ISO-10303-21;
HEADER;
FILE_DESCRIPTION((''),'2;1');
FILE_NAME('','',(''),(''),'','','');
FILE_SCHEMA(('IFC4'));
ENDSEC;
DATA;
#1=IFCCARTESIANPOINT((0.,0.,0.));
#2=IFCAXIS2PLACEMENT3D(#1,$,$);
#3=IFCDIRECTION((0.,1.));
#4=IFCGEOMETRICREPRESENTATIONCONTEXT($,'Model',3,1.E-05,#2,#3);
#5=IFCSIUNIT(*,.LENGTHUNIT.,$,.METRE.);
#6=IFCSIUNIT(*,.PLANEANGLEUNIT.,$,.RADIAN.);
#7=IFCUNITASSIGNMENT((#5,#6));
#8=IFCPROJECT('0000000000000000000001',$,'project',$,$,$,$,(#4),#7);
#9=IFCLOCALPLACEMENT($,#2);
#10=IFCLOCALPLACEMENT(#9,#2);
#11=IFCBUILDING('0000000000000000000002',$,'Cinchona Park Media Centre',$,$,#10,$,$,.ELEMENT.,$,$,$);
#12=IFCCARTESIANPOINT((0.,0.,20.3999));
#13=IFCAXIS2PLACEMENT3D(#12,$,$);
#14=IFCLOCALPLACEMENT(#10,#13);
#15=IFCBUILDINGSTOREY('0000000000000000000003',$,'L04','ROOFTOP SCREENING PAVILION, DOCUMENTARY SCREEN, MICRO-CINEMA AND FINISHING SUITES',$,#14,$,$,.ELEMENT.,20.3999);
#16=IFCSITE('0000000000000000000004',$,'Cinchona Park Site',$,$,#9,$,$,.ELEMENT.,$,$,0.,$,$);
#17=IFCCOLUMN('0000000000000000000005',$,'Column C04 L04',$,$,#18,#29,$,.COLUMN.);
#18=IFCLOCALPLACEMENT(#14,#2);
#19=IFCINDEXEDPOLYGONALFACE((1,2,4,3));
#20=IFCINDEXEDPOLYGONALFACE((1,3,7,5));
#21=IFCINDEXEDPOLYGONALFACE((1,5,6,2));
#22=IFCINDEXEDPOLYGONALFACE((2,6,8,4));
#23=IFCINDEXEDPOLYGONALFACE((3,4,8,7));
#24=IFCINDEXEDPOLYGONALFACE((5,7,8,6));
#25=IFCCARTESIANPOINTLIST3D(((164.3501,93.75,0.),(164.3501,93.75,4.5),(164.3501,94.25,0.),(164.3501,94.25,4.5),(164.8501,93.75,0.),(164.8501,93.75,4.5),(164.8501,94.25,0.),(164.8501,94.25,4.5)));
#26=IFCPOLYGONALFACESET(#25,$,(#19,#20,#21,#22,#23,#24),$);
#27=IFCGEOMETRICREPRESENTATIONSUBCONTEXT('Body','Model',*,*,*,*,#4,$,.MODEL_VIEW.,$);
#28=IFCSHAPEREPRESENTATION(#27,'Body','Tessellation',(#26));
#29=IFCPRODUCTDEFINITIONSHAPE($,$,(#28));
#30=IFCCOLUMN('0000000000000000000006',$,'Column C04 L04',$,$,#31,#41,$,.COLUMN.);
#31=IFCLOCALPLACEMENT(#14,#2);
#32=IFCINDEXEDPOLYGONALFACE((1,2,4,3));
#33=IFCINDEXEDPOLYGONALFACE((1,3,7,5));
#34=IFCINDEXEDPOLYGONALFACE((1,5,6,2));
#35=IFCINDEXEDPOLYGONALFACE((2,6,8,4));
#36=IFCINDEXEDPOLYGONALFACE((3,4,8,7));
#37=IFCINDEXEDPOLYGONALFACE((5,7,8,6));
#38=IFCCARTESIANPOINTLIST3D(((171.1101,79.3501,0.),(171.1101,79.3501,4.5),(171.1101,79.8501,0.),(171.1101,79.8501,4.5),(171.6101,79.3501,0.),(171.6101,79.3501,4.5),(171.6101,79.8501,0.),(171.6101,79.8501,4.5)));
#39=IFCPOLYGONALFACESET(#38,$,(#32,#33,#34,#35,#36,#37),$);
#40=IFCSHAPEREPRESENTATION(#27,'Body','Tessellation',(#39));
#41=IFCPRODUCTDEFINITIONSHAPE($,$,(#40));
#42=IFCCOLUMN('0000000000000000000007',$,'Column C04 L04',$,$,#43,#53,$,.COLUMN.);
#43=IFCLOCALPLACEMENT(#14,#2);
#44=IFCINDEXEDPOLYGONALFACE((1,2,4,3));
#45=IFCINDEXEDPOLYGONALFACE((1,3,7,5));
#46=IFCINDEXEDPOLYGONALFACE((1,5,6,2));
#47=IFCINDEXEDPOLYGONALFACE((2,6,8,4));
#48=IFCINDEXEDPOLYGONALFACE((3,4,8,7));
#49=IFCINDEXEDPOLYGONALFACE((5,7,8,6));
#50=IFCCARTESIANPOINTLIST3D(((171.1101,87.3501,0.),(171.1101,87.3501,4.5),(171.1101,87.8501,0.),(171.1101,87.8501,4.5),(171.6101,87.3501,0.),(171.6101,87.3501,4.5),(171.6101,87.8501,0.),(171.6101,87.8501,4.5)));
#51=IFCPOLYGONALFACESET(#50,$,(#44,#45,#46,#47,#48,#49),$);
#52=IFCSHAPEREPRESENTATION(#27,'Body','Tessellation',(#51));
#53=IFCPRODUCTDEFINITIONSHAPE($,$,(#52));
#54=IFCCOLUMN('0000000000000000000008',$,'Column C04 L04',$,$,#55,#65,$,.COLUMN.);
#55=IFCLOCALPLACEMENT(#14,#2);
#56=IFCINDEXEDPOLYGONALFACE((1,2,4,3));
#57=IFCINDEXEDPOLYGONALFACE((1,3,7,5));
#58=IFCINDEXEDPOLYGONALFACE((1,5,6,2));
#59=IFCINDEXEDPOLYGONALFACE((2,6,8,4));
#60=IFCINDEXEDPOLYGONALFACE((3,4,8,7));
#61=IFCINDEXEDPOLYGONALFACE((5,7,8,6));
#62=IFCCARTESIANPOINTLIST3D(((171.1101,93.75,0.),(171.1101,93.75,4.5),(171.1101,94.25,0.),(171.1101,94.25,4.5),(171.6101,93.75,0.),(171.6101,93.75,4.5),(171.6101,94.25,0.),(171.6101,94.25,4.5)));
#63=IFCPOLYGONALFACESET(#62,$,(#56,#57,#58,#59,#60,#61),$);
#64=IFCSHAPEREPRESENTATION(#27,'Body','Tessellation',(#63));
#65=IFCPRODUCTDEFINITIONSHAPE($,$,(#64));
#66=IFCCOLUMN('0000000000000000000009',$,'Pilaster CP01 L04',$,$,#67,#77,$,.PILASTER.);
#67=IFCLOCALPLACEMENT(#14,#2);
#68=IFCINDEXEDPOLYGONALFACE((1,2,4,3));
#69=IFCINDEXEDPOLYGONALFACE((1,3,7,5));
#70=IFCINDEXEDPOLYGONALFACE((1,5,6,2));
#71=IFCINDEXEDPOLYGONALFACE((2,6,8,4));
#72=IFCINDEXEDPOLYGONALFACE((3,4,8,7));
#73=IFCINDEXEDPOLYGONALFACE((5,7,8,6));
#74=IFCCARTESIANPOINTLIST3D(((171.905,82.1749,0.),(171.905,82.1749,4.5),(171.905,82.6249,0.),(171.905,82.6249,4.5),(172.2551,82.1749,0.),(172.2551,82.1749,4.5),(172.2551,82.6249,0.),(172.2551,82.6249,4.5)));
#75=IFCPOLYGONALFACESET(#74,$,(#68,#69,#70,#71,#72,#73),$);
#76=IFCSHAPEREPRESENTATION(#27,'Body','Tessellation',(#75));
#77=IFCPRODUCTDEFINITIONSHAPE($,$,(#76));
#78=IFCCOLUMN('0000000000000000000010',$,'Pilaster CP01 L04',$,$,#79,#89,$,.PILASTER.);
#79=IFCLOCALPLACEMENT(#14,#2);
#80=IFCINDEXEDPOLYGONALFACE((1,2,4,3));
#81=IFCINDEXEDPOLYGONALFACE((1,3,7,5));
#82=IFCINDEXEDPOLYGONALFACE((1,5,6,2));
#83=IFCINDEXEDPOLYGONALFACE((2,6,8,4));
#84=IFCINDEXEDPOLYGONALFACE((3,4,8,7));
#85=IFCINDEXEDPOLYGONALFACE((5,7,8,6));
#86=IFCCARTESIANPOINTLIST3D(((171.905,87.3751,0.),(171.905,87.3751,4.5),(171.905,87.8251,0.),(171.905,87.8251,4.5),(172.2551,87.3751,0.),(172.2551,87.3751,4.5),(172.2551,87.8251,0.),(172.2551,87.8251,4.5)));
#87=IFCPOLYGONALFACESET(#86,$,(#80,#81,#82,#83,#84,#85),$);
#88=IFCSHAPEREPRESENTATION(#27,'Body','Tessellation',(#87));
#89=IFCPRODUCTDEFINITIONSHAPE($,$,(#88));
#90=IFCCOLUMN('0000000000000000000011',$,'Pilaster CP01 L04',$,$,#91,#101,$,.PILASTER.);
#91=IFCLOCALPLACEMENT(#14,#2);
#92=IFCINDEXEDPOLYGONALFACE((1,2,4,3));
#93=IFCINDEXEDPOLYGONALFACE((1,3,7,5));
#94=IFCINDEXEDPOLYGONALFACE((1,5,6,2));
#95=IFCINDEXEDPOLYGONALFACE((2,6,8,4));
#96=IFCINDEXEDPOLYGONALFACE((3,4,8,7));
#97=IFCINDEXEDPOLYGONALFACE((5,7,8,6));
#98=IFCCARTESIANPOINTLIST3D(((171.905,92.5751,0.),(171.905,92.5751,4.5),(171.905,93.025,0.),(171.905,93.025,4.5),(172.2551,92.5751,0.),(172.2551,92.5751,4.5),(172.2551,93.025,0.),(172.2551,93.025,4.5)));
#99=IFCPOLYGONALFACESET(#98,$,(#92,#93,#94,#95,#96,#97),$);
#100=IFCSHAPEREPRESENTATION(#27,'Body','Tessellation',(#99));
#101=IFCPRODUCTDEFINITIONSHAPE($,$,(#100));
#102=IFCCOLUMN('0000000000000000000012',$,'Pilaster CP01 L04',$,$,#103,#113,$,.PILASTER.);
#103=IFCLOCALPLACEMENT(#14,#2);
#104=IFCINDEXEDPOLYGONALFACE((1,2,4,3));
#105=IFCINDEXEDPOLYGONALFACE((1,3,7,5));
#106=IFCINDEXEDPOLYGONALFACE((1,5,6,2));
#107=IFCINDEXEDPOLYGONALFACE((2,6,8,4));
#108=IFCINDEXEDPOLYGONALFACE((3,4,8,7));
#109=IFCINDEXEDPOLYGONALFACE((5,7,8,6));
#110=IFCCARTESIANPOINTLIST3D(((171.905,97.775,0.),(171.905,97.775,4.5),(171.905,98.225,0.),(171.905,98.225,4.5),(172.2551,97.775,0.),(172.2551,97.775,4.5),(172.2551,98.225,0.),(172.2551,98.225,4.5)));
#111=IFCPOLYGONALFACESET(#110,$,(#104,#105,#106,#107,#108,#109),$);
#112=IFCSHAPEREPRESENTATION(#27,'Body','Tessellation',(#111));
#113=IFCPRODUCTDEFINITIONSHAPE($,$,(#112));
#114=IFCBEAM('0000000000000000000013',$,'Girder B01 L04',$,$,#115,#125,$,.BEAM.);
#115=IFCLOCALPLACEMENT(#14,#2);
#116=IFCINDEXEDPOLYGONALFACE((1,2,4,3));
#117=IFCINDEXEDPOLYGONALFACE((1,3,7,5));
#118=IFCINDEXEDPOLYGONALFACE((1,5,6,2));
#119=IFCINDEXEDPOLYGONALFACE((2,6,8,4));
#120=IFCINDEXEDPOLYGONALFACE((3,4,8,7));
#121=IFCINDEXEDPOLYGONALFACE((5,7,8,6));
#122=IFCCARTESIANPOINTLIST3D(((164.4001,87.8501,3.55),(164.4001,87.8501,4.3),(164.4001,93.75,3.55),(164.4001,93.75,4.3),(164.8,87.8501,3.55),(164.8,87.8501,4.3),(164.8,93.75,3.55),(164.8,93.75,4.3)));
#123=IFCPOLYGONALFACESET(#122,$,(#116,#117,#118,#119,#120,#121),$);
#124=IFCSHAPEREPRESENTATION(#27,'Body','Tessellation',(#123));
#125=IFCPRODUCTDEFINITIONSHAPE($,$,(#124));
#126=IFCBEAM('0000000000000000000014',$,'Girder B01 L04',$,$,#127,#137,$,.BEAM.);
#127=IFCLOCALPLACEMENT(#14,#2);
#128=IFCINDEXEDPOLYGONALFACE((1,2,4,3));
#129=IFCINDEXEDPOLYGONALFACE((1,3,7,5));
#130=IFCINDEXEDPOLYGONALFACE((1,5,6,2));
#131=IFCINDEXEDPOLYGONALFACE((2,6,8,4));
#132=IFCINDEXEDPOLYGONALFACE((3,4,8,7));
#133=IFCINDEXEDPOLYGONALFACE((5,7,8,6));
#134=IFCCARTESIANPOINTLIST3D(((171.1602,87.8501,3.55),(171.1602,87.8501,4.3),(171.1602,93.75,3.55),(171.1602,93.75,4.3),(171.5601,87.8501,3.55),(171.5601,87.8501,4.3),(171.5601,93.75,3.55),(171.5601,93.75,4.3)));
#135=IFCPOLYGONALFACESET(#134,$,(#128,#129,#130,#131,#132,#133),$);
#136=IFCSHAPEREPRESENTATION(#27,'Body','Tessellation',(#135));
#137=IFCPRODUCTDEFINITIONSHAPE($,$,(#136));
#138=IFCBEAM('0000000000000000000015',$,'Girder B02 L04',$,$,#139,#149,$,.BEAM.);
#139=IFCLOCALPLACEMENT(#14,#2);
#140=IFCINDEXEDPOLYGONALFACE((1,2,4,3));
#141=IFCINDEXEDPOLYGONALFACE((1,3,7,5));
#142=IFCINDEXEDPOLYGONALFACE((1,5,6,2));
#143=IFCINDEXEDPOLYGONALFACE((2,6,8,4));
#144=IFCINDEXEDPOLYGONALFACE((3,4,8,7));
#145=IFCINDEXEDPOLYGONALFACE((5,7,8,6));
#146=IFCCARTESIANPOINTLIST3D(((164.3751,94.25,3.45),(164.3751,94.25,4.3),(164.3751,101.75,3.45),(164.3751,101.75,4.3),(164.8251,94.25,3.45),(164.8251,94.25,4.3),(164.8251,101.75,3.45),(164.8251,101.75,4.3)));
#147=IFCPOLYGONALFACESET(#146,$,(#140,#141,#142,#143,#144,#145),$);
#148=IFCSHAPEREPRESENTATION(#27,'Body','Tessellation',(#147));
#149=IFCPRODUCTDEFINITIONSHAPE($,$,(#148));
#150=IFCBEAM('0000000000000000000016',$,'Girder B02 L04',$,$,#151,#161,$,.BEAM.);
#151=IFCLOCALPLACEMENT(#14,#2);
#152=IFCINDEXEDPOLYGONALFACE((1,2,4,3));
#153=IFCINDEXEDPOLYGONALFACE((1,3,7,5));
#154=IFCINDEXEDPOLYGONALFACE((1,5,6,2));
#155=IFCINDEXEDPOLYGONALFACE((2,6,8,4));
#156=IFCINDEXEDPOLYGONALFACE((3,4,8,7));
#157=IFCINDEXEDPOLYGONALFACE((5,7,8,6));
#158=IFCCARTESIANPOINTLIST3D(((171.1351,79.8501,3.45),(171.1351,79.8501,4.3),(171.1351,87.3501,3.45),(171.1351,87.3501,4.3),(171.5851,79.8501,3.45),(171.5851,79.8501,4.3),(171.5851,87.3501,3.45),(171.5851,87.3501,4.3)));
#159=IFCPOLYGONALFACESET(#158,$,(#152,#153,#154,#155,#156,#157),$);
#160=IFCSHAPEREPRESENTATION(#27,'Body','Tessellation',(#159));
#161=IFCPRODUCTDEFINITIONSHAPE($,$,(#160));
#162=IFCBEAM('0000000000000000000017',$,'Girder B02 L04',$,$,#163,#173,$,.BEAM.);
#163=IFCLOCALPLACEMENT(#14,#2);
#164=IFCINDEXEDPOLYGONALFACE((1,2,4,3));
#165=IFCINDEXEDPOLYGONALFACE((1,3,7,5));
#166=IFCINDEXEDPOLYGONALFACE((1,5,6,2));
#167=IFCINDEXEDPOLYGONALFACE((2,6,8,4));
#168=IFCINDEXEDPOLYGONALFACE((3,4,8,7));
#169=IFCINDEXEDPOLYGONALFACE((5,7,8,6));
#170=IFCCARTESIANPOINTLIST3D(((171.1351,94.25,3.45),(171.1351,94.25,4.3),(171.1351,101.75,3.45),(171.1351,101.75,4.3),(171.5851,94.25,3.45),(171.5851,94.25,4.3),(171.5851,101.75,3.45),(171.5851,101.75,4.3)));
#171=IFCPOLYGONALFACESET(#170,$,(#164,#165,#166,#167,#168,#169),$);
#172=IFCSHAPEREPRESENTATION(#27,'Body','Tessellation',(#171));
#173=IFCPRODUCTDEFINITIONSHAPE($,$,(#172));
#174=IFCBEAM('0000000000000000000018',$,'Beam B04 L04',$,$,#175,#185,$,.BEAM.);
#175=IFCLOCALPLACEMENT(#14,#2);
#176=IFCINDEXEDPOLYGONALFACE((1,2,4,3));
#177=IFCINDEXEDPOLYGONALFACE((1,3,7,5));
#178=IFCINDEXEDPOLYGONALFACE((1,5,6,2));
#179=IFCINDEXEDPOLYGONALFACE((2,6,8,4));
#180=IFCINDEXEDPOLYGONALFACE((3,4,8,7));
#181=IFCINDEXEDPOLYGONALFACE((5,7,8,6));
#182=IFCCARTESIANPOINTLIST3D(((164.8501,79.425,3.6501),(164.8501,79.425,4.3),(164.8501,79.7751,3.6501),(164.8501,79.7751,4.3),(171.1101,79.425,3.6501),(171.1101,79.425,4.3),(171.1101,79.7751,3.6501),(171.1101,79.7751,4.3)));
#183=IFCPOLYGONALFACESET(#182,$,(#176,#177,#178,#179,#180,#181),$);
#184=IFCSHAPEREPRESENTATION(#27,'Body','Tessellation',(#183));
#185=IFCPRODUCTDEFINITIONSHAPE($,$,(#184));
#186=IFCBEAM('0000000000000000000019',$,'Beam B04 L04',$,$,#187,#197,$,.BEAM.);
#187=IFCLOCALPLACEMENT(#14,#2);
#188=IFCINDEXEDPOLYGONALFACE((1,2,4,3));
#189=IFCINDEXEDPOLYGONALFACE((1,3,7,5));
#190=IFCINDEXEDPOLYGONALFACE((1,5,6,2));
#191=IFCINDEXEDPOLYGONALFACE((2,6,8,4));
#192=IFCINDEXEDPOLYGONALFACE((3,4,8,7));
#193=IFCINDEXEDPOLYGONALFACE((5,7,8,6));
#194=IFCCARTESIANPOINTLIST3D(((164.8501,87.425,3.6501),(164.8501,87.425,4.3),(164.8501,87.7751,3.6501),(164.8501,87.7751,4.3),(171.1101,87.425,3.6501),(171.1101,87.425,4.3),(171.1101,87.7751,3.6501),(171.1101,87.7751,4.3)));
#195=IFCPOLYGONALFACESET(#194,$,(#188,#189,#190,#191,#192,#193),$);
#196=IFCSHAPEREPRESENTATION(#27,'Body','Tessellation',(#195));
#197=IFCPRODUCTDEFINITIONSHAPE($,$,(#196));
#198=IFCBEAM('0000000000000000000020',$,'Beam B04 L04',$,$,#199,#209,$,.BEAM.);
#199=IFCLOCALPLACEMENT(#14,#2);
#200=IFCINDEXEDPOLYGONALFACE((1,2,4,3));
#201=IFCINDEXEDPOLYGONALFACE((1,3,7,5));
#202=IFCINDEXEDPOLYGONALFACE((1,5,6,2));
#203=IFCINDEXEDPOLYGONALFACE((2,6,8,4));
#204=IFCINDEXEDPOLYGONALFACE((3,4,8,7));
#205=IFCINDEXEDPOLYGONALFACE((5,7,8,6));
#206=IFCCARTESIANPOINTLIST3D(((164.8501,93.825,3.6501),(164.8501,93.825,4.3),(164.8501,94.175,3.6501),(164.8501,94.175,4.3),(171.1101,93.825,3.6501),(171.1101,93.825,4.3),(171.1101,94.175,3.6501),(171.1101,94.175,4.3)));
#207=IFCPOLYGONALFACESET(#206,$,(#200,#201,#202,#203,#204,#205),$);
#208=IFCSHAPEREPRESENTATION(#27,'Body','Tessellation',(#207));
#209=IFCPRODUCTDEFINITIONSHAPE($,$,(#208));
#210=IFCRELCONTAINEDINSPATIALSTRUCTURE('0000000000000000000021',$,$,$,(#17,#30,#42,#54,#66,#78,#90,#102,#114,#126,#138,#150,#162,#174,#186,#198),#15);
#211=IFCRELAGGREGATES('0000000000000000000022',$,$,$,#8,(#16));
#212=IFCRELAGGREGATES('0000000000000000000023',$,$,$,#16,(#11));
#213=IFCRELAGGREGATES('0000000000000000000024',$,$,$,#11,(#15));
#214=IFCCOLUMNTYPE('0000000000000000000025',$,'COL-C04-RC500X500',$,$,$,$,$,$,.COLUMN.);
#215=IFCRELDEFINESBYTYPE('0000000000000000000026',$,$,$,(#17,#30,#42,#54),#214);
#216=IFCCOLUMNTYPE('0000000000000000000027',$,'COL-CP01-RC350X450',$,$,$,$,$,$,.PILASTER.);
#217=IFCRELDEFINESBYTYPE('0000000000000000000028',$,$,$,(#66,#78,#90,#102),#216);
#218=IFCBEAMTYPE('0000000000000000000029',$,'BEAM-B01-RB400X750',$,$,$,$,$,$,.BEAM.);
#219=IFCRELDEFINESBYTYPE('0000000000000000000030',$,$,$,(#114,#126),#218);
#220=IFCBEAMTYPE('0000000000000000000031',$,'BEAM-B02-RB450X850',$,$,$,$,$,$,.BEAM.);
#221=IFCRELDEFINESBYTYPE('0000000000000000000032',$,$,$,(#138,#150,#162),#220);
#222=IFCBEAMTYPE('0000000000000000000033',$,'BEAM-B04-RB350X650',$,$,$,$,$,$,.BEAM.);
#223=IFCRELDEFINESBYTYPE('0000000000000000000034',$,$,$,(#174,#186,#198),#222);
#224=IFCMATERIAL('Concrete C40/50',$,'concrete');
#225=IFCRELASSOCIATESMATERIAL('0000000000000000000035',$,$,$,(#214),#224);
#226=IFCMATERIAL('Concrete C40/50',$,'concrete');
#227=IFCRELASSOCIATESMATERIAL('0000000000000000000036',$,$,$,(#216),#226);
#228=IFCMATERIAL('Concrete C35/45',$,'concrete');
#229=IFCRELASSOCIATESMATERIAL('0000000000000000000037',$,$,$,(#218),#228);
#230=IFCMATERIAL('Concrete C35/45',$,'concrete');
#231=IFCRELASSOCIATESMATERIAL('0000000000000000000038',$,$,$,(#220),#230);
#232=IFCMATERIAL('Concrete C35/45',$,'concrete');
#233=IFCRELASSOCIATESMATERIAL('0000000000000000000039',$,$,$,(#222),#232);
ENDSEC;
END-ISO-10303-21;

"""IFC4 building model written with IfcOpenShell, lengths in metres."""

from ifc_helpers import new_model, si_unit, direction, frame, origin, origin_2d, place, context, subcontext, project, spatial, rectangle, extrude, material, material_profile, profile_set, type_object, element, save


model = new_model("IFC4")

# Units and contexts
model_context = context("Model", 3, precision=1e-05, world=origin(), true_north=direction((0.0, 1.0)))
body_context = subcontext(model_context, "Body", "Model", "MODEL_VIEW")
ifc_project = project(units=[si_unit("LENGTHUNIT", "METRE"), si_unit("PLANEANGLEUNIT", "RADIAN")], contexts=[model_context])

# Site, building, storey
site_placement = place(None, origin())
site = spatial("IfcSite", under=ifc_project, at=site_placement, Name="Cinchona Park Site", CompositionType="ELEMENT", RefElevation=0.0)
building_placement = place(site_placement, origin())
building = spatial("IfcBuilding", under=site, at=building_placement, Name="Cinchona Park Media Centre", CompositionType="ELEMENT")
storey_placement = place(building_placement, frame((0.0, 0.0, 20.3999)))
storey = spatial("IfcBuildingStorey", under=building, at=storey_placement, Name="L04", Description="ROOFTOP SCREENING PAVILION, DOCUMENTARY SCREEN, MICRO-CINEMA AND FINISHING SUITES", CompositionType="ELEMENT", Elevation=20.3999)

# Columns
ifc_material_1 = material(Name="Concrete C40/50", Category="concrete")
ifc_material_profile_1 = material_profile(ifc_material_1, rectangle(XDim=0.5, YDim=0.5, at=origin_2d()), Name="RC 500X500")
ifc_profile_set_1 = profile_set([ifc_material_profile_1], Name="Concrete C40/50")
column_type_1 = type_object("IfcColumnType", Name="COL-C04-RC500X500", PredefinedType="COLUMN", material=ifc_profile_set_1)
for number, where, z_axis, x_axis, name in (
    (1, (164.6001, 94.0, 0.0), (0.0, 0.0, 1.0), (1.0, 0.0, 0.0), "Column C04 L04"),
    (2, (171.3601, 79.6001, 0.0), (0.0, 0.0, 1.0), (1.0, 0.0, 0.0), "Column C04 L04"),
    (3, (171.3601, 87.6001, 0.0), (0.0, 0.0, 1.0), (1.0, 0.0, 0.0), "Column C04 L04"),
    (4, (171.3601, 94.0, 0.0), (0.0, 0.0, 1.0), (1.0, 0.0, 0.0), "Column C04 L04"),
):
    element("IfcColumn", number, at=place(storey_placement, frame(where, z_axis=z_axis, x_axis=x_axis)), inside=storey, type_object=column_type_1, Name=name, PredefinedType="COLUMN", context=body_context, shape_type="SweptSolid", body=[
        extrude(rectangle(XDim=0.5, YDim=0.5, at=origin_2d()), origin(), (0.0, 0.0, 1.0), 4.5),
    ])
ifc_material_2 = material(Name="Concrete C40/50", Category="concrete")
ifc_material_profile_2 = material_profile(ifc_material_2, rectangle(XDim=0.3501, YDim=0.45, at=origin_2d()), Name="RC 350X450")
ifc_profile_set_2 = profile_set([ifc_material_profile_2], Name="Concrete C40/50")
column_type_2 = type_object("IfcColumnType", Name="COL-CP01-RC350X450", PredefinedType="PILASTER", material=ifc_profile_set_2)
for number, where, z_axis, x_axis, name in (
    (5, (172.0801, 82.3999, 0.0), (0.0, 0.0, 1.0), (1.0, 0.0, 0.0), "Pilaster CP01 L04"),
    (6, (172.0801, 87.6001, 0.0), (0.0, 0.0, 1.0), (1.0, 0.0, 0.0), "Pilaster CP01 L04"),
    (7, (172.0801, 92.8, 0.0), (0.0, 0.0, 1.0), (1.0, 0.0, 0.0), "Pilaster CP01 L04"),
    (8, (172.0801, 98.0, 0.0), (0.0, 0.0, 1.0), (1.0, 0.0, 0.0), "Pilaster CP01 L04"),
):
    element("IfcColumn", number, at=place(storey_placement, frame(where, z_axis=z_axis, x_axis=x_axis)), inside=storey, type_object=column_type_2, Name=name, PredefinedType="PILASTER", context=body_context, shape_type="SweptSolid", body=[
        extrude(rectangle(XDim=0.3501, YDim=0.45, at=origin_2d()), origin(), (0.0, 0.0, 1.0), 4.5),
    ])

# Beams
ifc_material_3 = material(Name="Concrete C35/45", Category="concrete")
ifc_material_profile_3 = material_profile(ifc_material_3, rectangle(XDim=0.3999, YDim=0.75, at=origin_2d()), Name="RB 400X750")
ifc_profile_set_3 = profile_set([ifc_material_profile_3], Name="Concrete C35/45")
beam_type_1 = type_object("IfcBeamType", Name="BEAM-B01-RB400X750", PredefinedType="BEAM", material=ifc_profile_set_3)
for number, where, z_axis, x_axis, name in (
    (9, (164.6001, 87.8501, 3.925), (0.0, 1.0, 0.0), (-1.0, 0.0, 0.0), "Girder B01 L04"),
    (10, (171.3601, 87.8501, 3.925), (0.0, 1.0, 0.0), (-1.0, 0.0, 0.0), "Girder B01 L04"),
):
    element("IfcBeam", number, at=place(storey_placement, frame(where, z_axis=z_axis, x_axis=x_axis)), inside=storey, type_object=beam_type_1, Name=name, PredefinedType="BEAM", context=body_context, shape_type="SweptSolid", body=[
        extrude(rectangle(XDim=0.3999, YDim=0.75, at=origin_2d()), origin(), (0.0, 0.0, 1.0), 5.8999),
    ])
ifc_material_4 = material(Name="Concrete C35/45", Category="concrete")
ifc_material_profile_4 = material_profile(ifc_material_4, rectangle(XDim=0.45, YDim=0.8501, at=origin_2d()), Name="RB 450X850")
ifc_profile_set_4 = profile_set([ifc_material_profile_4], Name="Concrete C35/45")
beam_type_2 = type_object("IfcBeamType", Name="BEAM-B02-RB450X850", PredefinedType="BEAM", material=ifc_profile_set_4)
for number, where, z_axis, x_axis, name in (
    (11, (164.6001, 94.25, 3.875), (0.0, 1.0, 0.0), (-1.0, 0.0, 0.0), "Girder B02 L04"),
    (12, (171.3601, 79.8501, 3.875), (0.0, 1.0, 0.0), (-1.0, 0.0, 0.0), "Girder B02 L04"),
    (13, (171.3601, 94.25, 3.875), (0.0, 1.0, 0.0), (-1.0, 0.0, 0.0), "Girder B02 L04"),
):
    element("IfcBeam", number, at=place(storey_placement, frame(where, z_axis=z_axis, x_axis=x_axis)), inside=storey, type_object=beam_type_2, Name=name, PredefinedType="BEAM", context=body_context, shape_type="SweptSolid", body=[
        extrude(rectangle(XDim=0.45, YDim=0.8501, at=origin_2d()), origin(), (0.0, 0.0, 1.0), 7.5),
    ])
ifc_material_5 = material(Name="Concrete C35/45", Category="concrete")
ifc_material_profile_5 = material_profile(ifc_material_5, rectangle(XDim=0.3501, YDim=0.6499, at=origin_2d()), Name="RB 350X650")
ifc_profile_set_5 = profile_set([ifc_material_profile_5], Name="Concrete C35/45")
beam_type_3 = type_object("IfcBeamType", Name="BEAM-B04-RB350X650", PredefinedType="BEAM", material=ifc_profile_set_5)
for number, where, z_axis, x_axis, name in (
    (14, (164.8501, 79.6001, 3.9751), (1.0, 0.0, 0.0), (0.0, 1.0, 0.0), "Beam B04 L04"),
    (15, (164.8501, 87.6001, 3.9751), (1.0, 0.0, 0.0), (0.0, 1.0, 0.0), "Beam B04 L04"),
    (16, (164.8501, 94.0, 3.9751), (1.0, 0.0, 0.0), (0.0, 1.0, 0.0), "Beam B04 L04"),
):
    element("IfcBeam", number, at=place(storey_placement, frame(where, z_axis=z_axis, x_axis=x_axis)), inside=storey, type_object=beam_type_3, Name=name, PredefinedType="BEAM", context=body_context, shape_type="SweptSolid", body=[
        extrude(rectangle(XDim=0.3501, YDim=0.6499, at=origin_2d()), origin(), (0.0, 0.0, 1.0), 6.26),
    ])

save(model, "model.ifc")
